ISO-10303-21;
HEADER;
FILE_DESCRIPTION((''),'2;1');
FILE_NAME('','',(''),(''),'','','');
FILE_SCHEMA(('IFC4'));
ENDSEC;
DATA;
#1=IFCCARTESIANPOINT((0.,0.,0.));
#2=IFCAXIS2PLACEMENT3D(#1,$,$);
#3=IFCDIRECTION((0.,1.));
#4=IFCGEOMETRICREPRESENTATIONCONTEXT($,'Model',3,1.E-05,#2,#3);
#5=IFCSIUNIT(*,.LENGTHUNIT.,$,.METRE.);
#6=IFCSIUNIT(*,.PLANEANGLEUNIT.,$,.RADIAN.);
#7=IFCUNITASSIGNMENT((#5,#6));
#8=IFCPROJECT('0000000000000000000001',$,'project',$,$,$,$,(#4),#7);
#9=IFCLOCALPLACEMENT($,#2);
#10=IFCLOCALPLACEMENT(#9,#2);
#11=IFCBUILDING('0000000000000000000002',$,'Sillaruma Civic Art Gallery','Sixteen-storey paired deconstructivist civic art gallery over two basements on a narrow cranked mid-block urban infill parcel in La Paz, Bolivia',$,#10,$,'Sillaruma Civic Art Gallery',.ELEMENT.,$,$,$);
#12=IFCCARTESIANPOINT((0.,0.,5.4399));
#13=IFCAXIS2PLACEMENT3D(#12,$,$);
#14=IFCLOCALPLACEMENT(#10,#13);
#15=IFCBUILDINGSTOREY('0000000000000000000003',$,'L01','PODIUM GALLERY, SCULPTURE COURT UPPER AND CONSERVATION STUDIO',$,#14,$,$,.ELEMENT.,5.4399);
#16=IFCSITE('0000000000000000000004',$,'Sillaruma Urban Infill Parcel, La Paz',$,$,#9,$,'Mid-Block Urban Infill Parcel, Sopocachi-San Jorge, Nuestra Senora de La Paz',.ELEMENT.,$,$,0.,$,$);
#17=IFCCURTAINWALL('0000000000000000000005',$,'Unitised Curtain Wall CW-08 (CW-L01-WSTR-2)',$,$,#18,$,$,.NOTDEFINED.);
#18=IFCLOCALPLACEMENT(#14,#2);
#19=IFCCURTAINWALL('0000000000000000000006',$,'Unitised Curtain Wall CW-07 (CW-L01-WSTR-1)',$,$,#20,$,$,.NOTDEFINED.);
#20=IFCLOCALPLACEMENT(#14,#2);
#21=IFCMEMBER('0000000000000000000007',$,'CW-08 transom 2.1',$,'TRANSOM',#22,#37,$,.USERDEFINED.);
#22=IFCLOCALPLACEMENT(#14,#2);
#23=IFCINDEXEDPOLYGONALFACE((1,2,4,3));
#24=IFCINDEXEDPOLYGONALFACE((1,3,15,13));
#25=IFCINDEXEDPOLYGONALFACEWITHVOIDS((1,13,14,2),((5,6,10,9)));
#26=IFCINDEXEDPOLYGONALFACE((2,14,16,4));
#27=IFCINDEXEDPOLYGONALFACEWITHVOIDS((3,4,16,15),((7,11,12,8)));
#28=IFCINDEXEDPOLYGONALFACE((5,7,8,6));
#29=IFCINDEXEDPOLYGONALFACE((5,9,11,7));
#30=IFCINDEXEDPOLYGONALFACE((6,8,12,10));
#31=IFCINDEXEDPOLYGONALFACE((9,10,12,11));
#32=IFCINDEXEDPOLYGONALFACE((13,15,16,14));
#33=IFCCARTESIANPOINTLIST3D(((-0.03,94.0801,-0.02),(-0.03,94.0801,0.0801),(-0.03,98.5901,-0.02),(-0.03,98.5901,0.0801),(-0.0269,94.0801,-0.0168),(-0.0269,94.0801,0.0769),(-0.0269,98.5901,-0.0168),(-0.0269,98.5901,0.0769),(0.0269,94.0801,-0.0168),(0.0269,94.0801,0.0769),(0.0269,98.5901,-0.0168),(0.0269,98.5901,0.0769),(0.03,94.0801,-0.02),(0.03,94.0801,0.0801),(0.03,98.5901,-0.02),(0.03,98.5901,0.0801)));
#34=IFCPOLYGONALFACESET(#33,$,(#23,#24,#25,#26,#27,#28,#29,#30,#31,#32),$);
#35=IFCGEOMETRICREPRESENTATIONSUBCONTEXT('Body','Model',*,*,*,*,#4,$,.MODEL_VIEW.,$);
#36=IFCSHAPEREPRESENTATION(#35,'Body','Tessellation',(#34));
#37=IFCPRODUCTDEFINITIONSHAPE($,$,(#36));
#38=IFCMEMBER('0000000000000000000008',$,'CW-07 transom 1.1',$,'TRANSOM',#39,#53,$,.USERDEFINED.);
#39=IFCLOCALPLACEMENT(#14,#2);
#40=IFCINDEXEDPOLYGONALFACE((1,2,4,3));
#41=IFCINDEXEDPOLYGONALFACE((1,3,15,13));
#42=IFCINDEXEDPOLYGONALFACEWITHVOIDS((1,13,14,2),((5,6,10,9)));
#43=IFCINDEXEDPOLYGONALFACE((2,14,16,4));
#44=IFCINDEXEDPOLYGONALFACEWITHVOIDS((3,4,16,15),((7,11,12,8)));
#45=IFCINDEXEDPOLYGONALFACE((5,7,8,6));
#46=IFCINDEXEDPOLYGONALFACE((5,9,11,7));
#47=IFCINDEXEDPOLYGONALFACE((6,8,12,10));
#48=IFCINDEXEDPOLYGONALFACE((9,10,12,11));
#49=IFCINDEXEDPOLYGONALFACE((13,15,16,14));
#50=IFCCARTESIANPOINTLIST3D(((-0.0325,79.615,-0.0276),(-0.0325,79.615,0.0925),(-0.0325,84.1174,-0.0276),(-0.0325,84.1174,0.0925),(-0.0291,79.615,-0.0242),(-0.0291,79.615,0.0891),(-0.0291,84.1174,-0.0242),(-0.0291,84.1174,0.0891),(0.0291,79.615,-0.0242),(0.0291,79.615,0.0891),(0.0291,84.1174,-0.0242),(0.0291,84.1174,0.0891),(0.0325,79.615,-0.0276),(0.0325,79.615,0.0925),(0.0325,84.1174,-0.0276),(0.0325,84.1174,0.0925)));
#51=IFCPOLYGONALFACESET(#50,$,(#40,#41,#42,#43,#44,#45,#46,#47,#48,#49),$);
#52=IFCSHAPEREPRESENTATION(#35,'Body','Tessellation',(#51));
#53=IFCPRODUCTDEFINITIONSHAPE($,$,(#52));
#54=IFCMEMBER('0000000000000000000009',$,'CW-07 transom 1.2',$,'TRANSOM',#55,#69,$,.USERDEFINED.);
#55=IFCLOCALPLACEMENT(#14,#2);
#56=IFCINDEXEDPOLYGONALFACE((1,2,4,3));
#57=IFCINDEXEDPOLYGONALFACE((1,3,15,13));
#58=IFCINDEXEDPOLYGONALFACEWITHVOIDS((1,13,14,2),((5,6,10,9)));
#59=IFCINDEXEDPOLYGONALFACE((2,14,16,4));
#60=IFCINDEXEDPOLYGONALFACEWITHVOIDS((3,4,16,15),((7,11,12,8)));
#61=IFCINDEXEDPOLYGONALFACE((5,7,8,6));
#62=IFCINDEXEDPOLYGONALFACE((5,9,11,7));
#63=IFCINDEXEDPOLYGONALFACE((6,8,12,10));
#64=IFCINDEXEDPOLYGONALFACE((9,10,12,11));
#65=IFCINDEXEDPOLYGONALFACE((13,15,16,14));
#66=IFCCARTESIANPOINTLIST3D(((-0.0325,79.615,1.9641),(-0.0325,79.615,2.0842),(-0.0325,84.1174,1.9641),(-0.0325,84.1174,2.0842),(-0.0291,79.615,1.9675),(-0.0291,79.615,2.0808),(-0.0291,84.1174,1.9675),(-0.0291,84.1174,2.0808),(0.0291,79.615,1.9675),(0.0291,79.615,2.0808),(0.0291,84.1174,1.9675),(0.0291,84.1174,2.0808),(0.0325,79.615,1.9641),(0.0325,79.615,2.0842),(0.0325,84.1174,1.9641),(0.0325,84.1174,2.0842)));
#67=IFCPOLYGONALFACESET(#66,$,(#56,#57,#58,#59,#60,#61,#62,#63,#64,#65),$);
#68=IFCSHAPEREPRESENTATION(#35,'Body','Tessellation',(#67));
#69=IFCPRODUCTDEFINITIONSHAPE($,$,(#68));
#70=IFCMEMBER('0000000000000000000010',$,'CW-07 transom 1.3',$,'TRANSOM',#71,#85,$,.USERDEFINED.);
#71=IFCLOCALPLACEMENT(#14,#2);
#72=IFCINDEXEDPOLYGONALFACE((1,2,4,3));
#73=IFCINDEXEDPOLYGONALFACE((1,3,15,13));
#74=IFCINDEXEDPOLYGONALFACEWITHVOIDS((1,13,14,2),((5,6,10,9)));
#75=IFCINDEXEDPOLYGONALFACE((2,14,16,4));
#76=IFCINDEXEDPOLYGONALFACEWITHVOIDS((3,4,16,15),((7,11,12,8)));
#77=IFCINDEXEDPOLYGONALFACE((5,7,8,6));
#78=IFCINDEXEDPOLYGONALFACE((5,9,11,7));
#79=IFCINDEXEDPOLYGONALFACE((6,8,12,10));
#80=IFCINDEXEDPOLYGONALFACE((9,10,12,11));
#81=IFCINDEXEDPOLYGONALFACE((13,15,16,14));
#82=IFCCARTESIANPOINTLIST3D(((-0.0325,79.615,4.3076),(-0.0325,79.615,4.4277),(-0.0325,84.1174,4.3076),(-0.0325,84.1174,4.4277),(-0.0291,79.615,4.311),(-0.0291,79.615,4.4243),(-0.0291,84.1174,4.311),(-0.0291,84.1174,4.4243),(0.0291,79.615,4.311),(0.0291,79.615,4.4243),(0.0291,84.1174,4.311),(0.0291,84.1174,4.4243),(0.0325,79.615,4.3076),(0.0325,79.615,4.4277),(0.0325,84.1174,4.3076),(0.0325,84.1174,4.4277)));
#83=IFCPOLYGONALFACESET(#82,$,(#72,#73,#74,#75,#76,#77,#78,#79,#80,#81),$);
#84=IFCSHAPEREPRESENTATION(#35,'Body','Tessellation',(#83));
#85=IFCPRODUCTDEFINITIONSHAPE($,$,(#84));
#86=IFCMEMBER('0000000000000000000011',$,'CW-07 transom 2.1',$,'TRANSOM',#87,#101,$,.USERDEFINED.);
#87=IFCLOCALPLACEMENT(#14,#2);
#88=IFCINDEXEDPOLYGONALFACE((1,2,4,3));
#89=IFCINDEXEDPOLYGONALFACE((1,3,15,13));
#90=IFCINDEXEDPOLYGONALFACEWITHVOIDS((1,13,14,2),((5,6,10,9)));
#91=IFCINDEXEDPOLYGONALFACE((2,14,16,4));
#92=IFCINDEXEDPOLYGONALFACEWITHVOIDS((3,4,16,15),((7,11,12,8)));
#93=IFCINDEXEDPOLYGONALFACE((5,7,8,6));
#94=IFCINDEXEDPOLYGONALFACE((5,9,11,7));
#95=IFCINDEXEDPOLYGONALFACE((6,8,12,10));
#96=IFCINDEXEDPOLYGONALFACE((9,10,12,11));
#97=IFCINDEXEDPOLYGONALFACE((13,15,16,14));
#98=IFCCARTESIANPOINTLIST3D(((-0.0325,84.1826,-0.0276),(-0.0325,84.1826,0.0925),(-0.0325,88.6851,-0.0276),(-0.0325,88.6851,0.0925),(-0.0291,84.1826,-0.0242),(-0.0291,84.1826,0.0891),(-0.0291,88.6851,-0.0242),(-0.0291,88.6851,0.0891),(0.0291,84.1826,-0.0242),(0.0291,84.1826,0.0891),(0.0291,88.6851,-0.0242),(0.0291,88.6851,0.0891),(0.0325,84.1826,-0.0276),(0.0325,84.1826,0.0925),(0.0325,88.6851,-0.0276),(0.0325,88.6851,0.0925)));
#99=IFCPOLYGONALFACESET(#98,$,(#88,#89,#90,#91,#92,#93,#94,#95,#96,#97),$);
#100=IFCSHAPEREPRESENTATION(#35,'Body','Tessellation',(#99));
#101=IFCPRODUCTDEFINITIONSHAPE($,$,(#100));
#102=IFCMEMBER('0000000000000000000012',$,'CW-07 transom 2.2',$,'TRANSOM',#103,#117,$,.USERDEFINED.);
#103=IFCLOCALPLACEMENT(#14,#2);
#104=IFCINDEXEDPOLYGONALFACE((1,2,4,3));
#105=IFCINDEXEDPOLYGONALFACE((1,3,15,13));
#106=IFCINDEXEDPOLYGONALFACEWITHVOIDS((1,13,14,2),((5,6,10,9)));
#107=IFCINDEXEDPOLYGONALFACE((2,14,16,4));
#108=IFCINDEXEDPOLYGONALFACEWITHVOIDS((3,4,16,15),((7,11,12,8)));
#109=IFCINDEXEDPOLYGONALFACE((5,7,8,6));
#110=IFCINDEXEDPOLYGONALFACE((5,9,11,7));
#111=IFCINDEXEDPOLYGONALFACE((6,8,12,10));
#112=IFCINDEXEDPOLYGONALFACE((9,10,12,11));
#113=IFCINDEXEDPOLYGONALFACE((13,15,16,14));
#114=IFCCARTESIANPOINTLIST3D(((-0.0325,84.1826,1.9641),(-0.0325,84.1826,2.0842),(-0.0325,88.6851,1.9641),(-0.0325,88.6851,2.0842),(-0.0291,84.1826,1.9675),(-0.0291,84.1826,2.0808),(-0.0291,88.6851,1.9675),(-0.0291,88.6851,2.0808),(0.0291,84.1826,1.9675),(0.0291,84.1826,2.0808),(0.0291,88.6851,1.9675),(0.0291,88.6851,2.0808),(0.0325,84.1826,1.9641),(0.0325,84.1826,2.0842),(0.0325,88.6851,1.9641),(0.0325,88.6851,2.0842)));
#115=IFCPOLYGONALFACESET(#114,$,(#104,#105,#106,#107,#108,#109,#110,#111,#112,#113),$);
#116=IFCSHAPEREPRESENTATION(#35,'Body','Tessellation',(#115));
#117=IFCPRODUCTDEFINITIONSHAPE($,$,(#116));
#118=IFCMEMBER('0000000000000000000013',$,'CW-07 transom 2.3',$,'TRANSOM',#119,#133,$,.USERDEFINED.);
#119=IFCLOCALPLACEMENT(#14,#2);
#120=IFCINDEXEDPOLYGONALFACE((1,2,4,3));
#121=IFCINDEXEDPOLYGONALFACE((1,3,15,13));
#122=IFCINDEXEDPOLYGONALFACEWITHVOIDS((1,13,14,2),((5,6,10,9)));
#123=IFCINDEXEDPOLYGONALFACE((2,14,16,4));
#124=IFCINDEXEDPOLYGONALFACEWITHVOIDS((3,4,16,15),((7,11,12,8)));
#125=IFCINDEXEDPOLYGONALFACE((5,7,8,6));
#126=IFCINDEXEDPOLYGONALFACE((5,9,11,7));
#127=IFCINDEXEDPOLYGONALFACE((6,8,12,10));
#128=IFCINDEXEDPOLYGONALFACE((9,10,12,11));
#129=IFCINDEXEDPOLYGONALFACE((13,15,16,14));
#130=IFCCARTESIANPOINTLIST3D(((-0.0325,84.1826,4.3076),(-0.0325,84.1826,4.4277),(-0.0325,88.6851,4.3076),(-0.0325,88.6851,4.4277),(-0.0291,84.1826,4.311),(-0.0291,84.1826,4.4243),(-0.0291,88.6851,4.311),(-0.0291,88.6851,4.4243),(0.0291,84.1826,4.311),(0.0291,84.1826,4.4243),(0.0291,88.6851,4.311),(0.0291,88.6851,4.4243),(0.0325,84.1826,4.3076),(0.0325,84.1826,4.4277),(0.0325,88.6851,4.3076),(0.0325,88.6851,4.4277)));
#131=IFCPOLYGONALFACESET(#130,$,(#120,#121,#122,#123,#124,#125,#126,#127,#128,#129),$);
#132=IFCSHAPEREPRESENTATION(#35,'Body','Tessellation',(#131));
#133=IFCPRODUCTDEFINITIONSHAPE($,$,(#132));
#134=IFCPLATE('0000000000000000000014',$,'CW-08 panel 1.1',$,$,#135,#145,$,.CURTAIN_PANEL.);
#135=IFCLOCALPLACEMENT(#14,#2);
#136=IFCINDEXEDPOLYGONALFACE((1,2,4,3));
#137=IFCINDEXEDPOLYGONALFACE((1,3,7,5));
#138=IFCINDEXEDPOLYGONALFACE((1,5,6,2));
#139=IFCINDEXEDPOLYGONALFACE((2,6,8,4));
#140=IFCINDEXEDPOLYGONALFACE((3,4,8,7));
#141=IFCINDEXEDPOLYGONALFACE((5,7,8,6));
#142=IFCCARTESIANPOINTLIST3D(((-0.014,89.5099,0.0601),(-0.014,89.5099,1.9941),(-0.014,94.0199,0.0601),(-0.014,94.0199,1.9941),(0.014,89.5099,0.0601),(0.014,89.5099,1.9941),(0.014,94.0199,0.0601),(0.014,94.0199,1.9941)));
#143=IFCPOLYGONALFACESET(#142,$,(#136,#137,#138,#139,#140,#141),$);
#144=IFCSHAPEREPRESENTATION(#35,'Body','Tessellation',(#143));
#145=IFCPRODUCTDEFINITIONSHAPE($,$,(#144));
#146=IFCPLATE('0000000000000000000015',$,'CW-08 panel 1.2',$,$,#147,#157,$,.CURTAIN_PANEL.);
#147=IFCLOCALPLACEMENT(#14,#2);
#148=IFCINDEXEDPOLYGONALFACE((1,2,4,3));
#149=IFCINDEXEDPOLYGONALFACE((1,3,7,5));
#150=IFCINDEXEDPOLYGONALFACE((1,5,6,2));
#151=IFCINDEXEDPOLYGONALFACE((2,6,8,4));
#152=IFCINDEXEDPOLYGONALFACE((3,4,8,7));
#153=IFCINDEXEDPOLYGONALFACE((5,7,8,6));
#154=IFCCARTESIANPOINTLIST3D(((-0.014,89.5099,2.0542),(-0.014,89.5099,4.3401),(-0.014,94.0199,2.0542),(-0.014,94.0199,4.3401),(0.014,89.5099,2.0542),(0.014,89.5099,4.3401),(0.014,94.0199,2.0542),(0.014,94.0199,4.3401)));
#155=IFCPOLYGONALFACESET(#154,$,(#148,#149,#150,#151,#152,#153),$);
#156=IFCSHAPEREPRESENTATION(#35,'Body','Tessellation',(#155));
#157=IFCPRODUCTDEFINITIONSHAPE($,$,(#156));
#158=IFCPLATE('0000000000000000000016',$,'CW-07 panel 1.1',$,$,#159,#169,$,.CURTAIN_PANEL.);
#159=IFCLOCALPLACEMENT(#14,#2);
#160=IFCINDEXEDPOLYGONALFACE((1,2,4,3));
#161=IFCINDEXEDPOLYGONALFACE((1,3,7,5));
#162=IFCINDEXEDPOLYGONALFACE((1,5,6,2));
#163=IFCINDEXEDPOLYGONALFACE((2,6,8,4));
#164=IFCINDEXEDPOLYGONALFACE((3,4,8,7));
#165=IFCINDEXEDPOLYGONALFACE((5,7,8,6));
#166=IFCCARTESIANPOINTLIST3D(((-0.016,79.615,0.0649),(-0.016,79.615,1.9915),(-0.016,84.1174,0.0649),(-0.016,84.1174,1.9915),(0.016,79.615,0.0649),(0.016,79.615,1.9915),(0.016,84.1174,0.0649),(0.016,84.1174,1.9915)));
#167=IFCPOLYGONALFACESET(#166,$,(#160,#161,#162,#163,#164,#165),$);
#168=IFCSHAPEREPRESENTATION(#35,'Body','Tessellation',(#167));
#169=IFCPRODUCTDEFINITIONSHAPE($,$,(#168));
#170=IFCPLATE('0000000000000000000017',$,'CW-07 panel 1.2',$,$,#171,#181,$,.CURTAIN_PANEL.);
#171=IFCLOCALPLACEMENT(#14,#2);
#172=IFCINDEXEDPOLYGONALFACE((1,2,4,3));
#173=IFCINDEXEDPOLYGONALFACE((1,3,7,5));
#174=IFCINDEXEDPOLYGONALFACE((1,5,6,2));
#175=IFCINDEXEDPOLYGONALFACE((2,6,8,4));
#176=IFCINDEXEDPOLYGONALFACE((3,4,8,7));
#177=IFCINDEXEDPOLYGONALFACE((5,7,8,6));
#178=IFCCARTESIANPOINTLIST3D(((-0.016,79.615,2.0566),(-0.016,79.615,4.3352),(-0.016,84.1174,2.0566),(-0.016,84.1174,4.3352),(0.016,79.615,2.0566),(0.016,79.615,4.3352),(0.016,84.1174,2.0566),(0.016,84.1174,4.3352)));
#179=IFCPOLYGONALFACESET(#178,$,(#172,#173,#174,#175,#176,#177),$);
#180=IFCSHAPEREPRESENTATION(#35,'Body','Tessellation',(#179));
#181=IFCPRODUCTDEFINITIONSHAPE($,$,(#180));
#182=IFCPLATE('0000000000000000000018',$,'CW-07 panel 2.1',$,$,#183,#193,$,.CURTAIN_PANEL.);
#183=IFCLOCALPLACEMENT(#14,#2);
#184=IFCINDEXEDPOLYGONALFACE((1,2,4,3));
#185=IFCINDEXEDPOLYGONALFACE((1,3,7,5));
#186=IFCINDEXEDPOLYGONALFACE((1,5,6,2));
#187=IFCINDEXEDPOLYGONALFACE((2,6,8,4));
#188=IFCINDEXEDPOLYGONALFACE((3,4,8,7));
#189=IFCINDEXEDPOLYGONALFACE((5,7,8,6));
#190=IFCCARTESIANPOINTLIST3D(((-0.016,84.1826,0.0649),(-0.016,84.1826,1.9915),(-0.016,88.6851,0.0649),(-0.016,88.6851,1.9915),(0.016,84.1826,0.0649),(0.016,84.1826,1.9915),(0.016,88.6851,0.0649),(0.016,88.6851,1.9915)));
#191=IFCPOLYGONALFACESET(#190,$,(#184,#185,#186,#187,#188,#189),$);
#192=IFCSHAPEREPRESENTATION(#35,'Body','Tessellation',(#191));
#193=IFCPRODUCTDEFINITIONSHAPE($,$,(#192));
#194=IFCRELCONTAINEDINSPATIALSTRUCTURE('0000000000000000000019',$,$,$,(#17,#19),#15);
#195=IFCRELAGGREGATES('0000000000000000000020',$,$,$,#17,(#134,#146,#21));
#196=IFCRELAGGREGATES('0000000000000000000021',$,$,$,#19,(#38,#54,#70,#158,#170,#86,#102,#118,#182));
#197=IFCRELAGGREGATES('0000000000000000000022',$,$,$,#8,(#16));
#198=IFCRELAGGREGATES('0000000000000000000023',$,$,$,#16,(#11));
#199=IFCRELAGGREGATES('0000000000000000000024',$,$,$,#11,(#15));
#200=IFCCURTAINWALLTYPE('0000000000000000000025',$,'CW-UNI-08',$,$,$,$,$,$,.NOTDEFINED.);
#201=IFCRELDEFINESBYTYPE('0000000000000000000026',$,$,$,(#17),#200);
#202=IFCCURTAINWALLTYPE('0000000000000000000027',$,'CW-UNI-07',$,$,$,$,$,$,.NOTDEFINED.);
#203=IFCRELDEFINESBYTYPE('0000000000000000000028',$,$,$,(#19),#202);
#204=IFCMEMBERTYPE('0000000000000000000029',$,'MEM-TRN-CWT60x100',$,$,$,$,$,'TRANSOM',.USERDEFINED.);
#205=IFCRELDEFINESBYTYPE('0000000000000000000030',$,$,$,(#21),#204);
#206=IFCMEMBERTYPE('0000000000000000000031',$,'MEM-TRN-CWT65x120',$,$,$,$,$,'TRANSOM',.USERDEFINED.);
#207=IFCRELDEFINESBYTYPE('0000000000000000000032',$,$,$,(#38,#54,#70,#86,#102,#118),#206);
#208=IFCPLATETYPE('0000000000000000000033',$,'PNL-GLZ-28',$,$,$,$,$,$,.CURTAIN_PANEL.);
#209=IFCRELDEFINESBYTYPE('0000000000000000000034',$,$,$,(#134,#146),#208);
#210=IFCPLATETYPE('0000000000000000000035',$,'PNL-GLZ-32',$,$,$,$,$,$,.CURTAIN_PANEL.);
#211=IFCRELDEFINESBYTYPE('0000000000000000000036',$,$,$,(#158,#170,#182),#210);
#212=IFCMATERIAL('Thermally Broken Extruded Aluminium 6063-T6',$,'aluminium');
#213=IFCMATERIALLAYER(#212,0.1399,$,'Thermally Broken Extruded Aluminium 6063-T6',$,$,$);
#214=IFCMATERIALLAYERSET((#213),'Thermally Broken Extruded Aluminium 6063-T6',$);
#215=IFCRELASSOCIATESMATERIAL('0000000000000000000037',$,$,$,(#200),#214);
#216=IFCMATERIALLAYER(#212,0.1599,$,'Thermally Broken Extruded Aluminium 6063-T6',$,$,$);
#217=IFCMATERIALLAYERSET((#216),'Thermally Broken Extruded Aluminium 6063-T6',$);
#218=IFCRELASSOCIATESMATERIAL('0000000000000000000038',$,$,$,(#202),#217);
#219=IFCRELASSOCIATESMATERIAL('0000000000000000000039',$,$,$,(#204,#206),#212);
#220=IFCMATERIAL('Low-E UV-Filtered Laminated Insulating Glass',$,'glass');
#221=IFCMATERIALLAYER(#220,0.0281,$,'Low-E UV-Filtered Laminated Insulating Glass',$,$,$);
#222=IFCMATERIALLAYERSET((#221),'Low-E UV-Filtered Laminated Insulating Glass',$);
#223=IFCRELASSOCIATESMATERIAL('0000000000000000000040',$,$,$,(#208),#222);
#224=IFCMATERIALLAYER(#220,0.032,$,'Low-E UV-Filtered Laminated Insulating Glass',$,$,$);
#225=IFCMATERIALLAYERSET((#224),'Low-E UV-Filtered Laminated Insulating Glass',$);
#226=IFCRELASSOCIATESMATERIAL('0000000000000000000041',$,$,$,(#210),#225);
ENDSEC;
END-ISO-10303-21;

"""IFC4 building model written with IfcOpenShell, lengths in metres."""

from ifc_helpers import new_model, si_unit, direction, frame, origin, origin_2d, place, context, subcontext, project, spatial, rectangle, hollow_rectangle, extrude, material, layer, layer_set, material_profile, profile_set, type_object, element, aggregate, save


model = new_model("IFC4")

# Units and contexts
model_context = context("Model", 3, precision=1e-05, world=origin(), true_north=direction((0.0, 1.0)))
body_context = subcontext(model_context, "Body", "Model", "MODEL_VIEW")
ifc_project = project(units=[si_unit("LENGTHUNIT", "METRE"), si_unit("PLANEANGLEUNIT", "RADIAN")], contexts=[model_context])

# Site, building, storey
site_placement = place(None, origin())
site = spatial("IfcSite", under=ifc_project, at=site_placement, Name="Sillaruma Urban Infill Parcel, La Paz", LongName="Mid-Block Urban Infill Parcel, Sopocachi-San Jorge, Nuestra Senora de La Paz", CompositionType="ELEMENT", RefElevation=0.0)
building_placement = place(site_placement, origin())
building = spatial("IfcBuilding", under=site, at=building_placement, Name="Sillaruma Civic Art Gallery", Description="Sixteen-storey paired deconstructivist civic art gallery over two basements on a narrow cranked mid-block urban infill parcel in La Paz, Bolivia", LongName="Sillaruma Civic Art Gallery", CompositionType="ELEMENT")
storey_placement = place(building_placement, frame((0.0, 0.0, 5.4399)))
storey = spatial("IfcBuildingStorey", under=building, at=storey_placement, Name="L01", Description="PODIUM GALLERY, SCULPTURE COURT UPPER AND CONSERVATION STUDIO", CompositionType="ELEMENT", Elevation=5.4399)

# Curtain walls
ifc_material_1 = material(Name="Thermally Broken Extruded Aluminium 6063-T6", Category="aluminium")
ifc_layer_1 = layer(ifc_material_1, 0.1399, Name="Thermally Broken Extruded Aluminium 6063-T6")
ifc_layer_set_1 = layer_set([ifc_layer_1], Name="Thermally Broken Extruded Aluminium 6063-T6")
curtain_wall_type_1 = type_object("IfcCurtainWallType", Name="CW-UNI-08", PredefinedType="NOTDEFINED", material=ifc_layer_set_1)
curtain_wall_1_placement = place(storey_placement, origin())
curtain_wall_1 = element("IfcCurtainWall", 1, at=curtain_wall_1_placement, inside=storey, type_object=curtain_wall_type_1, Name="Unitised Curtain Wall CW-08 (CW-L01-WSTR-2)", PredefinedType="NOTDEFINED")
ifc_layer_2 = layer(ifc_material_1, 0.1599, Name="Thermally Broken Extruded Aluminium 6063-T6")
ifc_layer_set_2 = layer_set([ifc_layer_2], Name="Thermally Broken Extruded Aluminium 6063-T6")
curtain_wall_type_2 = type_object("IfcCurtainWallType", Name="CW-UNI-07", PredefinedType="NOTDEFINED", material=ifc_layer_set_2)
curtain_wall_2_placement = place(storey_placement, origin())
curtain_wall_2 = element("IfcCurtainWall", 2, at=curtain_wall_2_placement, inside=storey, type_object=curtain_wall_type_2, Name="Unitised Curtain Wall CW-07 (CW-L01-WSTR-1)", PredefinedType="NOTDEFINED")

# Members
ifc_material_profile_1 = material_profile(ifc_material_1, hollow_rectangle(XDim=0.0601, YDim=0.1001, WallThickness=0.0032, at=origin_2d()), Name="CWT60x100")
ifc_profile_set_1 = profile_set([ifc_material_profile_1], Name="Thermally Broken Extruded Aluminium 6063-T6")
member_type_1 = type_object("IfcMemberType", Name="MEM-TRN-CWT60x100", ElementType="TRANSOM", PredefinedType="USERDEFINED", material=ifc_profile_set_1)
member_1_placement = place(storey_placement, frame((0.0, 94.0801, 0.03), z_axis=(0.0, 1.0, 0.0), x_axis=(-1.0, 0.0, 0.0)))
member_1 = element("IfcMember", 3, at=member_1_placement, type_object=member_type_1, Name="CW-08 transom 2.1", ObjectType="TRANSOM", PredefinedType="USERDEFINED", context=body_context, shape_type="SweptSolid", body=[
    extrude(hollow_rectangle(XDim=0.0601, YDim=0.1001, WallThickness=0.0032, at=origin_2d()), origin(), (0.0, 0.0, 1.0), 4.51),
])
ifc_material_profile_2 = material_profile(ifc_material_1, hollow_rectangle(XDim=0.0649, YDim=0.1201, WallThickness=0.0034, at=origin_2d()), Name="CWT65x120")
ifc_profile_set_2 = profile_set([ifc_material_profile_2], Name="Thermally Broken Extruded Aluminium 6063-T6")
member_type_2 = type_object("IfcMemberType", Name="MEM-TRN-CWT65x120", ElementType="TRANSOM", PredefinedType="USERDEFINED", material=ifc_profile_set_2)
member_2_placement = place(storey_placement, frame((0.0, 79.615, 0.0325), z_axis=(0.0, 1.0, 0.0), x_axis=(-1.0, 0.0, 0.0)))
member_2 = element("IfcMember", 4, at=member_2_placement, type_object=member_type_2, Name="CW-07 transom 1.1", ObjectType="TRANSOM", PredefinedType="USERDEFINED", context=body_context, shape_type="SweptSolid", body=[
    extrude(hollow_rectangle(XDim=0.0649, YDim=0.1201, WallThickness=0.0034, at=origin_2d()), origin(), (0.0, 0.0, 1.0), 4.5024),
])
member_3_placement = place(storey_placement, frame((0.0, 79.615, 2.0242), z_axis=(0.0, 1.0, 0.0), x_axis=(-1.0, 0.0, 0.0)))
member_3 = element("IfcMember", 5, at=member_3_placement, type_object=member_type_2, Name="CW-07 transom 1.2", ObjectType="TRANSOM", PredefinedType="USERDEFINED", context=body_context, shape_type="SweptSolid", body=[
    extrude(hollow_rectangle(XDim=0.0649, YDim=0.1201, WallThickness=0.0034, at=origin_2d()), origin(), (0.0, 0.0, 1.0), 4.5024),
])
member_4_placement = place(storey_placement, frame((0.0, 79.615, 4.3677), z_axis=(0.0, 1.0, 0.0), x_axis=(-1.0, 0.0, 0.0)))
member_4 = element("IfcMember", 6, at=member_4_placement, type_object=member_type_2, Name="CW-07 transom 1.3", ObjectType="TRANSOM", PredefinedType="USERDEFINED", context=body_context, shape_type="SweptSolid", body=[
    extrude(hollow_rectangle(XDim=0.0649, YDim=0.1201, WallThickness=0.0034, at=origin_2d()), origin(), (0.0, 0.0, 1.0), 4.5024),
])
member_5_placement = place(storey_placement, frame((0.0, 84.1826, 0.0325), z_axis=(0.0, 1.0, 0.0), x_axis=(-1.0, 0.0, 0.0)))
member_5 = element("IfcMember", 7, at=member_5_placement, type_object=member_type_2, Name="CW-07 transom 2.1", ObjectType="TRANSOM", PredefinedType="USERDEFINED", context=body_context, shape_type="SweptSolid", body=[
    extrude(hollow_rectangle(XDim=0.0649, YDim=0.1201, WallThickness=0.0034, at=origin_2d()), origin(), (0.0, 0.0, 1.0), 4.5024),
])
member_6_placement = place(storey_placement, frame((0.0, 84.1826, 2.0242), z_axis=(0.0, 1.0, 0.0), x_axis=(-1.0, 0.0, 0.0)))
member_6 = element("IfcMember", 8, at=member_6_placement, type_object=member_type_2, Name="CW-07 transom 2.2", ObjectType="TRANSOM", PredefinedType="USERDEFINED", context=body_context, shape_type="SweptSolid", body=[
    extrude(hollow_rectangle(XDim=0.0649, YDim=0.1201, WallThickness=0.0034, at=origin_2d()), origin(), (0.0, 0.0, 1.0), 4.5024),
])
member_7_placement = place(storey_placement, frame((0.0, 84.1826, 4.3677), z_axis=(0.0, 1.0, 0.0), x_axis=(-1.0, 0.0, 0.0)))
member_7 = element("IfcMember", 9, at=member_7_placement, type_object=member_type_2, Name="CW-07 transom 2.3", ObjectType="TRANSOM", PredefinedType="USERDEFINED", context=body_context, shape_type="SweptSolid", body=[
    extrude(hollow_rectangle(XDim=0.0649, YDim=0.1201, WallThickness=0.0034, at=origin_2d()), origin(), (0.0, 0.0, 1.0), 4.5024),
])

# Plates
ifc_material_2 = material(Name="Low-E UV-Filtered Laminated Insulating Glass", Category="glass")
ifc_layer_3 = layer(ifc_material_2, 0.0281, Name="Low-E UV-Filtered Laminated Insulating Glass")
ifc_layer_set_3 = layer_set([ifc_layer_3], Name="Low-E UV-Filtered Laminated Insulating Glass")
plate_type_1 = type_object("IfcPlateType", Name="PNL-GLZ-28", PredefinedType="CURTAIN_PANEL", material=ifc_layer_set_3)
plate_1_placement = place(storey_placement, frame((0.0, 91.7649, 0.0601), z_axis=(0.0, 0.0, 1.0), x_axis=(0.0, 1.0, 0.0)))
plate_1 = element("IfcPlate", 10, at=plate_1_placement, type_object=plate_type_1, Name="CW-08 panel 1.1", PredefinedType="CURTAIN_PANEL", context=body_context, shape_type="SweptSolid", body=[
    extrude(rectangle(XDim=4.51, YDim=0.0281, at=origin_2d()), origin(), (0.0, 0.0, 1.0), 1.9341),
])
plate_2_placement = place(storey_placement, frame((0.0, 91.7649, 2.0542), z_axis=(0.0, 0.0, 1.0), x_axis=(0.0, 1.0, 0.0)))
plate_2 = element("IfcPlate", 11, at=plate_2_placement, type_object=plate_type_1, Name="CW-08 panel 1.2", PredefinedType="CURTAIN_PANEL", context=body_context, shape_type="SweptSolid", body=[
    extrude(rectangle(XDim=4.51, YDim=0.0281, at=origin_2d()), origin(), (0.0, 0.0, 1.0), 2.2859),
])
aggregate(curtain_wall_1, [plate_1, plate_2, member_1])
ifc_layer_4 = layer(ifc_material_2, 0.032, Name="Low-E UV-Filtered Laminated Insulating Glass")
ifc_layer_set_4 = layer_set([ifc_layer_4], Name="Low-E UV-Filtered Laminated Insulating Glass")
plate_type_2 = type_object("IfcPlateType", Name="PNL-GLZ-32", PredefinedType="CURTAIN_PANEL", material=ifc_layer_set_4)
plate_3_placement = place(storey_placement, frame((0.0, 81.8662, 0.0649), z_axis=(0.0, 0.0, 1.0), x_axis=(0.0, 1.0, 0.0)))
plate_3 = element("IfcPlate", 12, at=plate_3_placement, type_object=plate_type_2, Name="CW-07 panel 1.1", PredefinedType="CURTAIN_PANEL", context=body_context, shape_type="SweptSolid", body=[
    extrude(rectangle(XDim=4.5024, YDim=0.032, at=origin_2d()), origin(), (0.0, 0.0, 1.0), 1.9265),
])
plate_4_placement = place(storey_placement, frame((0.0, 81.8662, 2.0566), z_axis=(0.0, 0.0, 1.0), x_axis=(0.0, 1.0, 0.0)))
plate_4 = element("IfcPlate", 13, at=plate_4_placement, type_object=plate_type_2, Name="CW-07 panel 1.2", PredefinedType="CURTAIN_PANEL", context=body_context, shape_type="SweptSolid", body=[
    extrude(rectangle(XDim=4.5024, YDim=0.032, at=origin_2d()), origin(), (0.0, 0.0, 1.0), 2.2786),
])
plate_5_placement = place(storey_placement, frame((0.0, 86.4338, 0.0649), z_axis=(0.0, 0.0, 1.0), x_axis=(0.0, 1.0, 0.0)))
plate_5 = element("IfcPlate", 14, at=plate_5_placement, type_object=plate_type_2, Name="CW-07 panel 2.1", PredefinedType="CURTAIN_PANEL", context=body_context, shape_type="SweptSolid", body=[
    extrude(rectangle(XDim=4.5024, YDim=0.032, at=origin_2d()), origin(), (0.0, 0.0, 1.0), 1.9265),
])
aggregate(curtain_wall_2, [member_2, member_3, member_4, plate_3, plate_4, member_5, member_6, member_7, plate_5])

save(model, "model.ifc")
